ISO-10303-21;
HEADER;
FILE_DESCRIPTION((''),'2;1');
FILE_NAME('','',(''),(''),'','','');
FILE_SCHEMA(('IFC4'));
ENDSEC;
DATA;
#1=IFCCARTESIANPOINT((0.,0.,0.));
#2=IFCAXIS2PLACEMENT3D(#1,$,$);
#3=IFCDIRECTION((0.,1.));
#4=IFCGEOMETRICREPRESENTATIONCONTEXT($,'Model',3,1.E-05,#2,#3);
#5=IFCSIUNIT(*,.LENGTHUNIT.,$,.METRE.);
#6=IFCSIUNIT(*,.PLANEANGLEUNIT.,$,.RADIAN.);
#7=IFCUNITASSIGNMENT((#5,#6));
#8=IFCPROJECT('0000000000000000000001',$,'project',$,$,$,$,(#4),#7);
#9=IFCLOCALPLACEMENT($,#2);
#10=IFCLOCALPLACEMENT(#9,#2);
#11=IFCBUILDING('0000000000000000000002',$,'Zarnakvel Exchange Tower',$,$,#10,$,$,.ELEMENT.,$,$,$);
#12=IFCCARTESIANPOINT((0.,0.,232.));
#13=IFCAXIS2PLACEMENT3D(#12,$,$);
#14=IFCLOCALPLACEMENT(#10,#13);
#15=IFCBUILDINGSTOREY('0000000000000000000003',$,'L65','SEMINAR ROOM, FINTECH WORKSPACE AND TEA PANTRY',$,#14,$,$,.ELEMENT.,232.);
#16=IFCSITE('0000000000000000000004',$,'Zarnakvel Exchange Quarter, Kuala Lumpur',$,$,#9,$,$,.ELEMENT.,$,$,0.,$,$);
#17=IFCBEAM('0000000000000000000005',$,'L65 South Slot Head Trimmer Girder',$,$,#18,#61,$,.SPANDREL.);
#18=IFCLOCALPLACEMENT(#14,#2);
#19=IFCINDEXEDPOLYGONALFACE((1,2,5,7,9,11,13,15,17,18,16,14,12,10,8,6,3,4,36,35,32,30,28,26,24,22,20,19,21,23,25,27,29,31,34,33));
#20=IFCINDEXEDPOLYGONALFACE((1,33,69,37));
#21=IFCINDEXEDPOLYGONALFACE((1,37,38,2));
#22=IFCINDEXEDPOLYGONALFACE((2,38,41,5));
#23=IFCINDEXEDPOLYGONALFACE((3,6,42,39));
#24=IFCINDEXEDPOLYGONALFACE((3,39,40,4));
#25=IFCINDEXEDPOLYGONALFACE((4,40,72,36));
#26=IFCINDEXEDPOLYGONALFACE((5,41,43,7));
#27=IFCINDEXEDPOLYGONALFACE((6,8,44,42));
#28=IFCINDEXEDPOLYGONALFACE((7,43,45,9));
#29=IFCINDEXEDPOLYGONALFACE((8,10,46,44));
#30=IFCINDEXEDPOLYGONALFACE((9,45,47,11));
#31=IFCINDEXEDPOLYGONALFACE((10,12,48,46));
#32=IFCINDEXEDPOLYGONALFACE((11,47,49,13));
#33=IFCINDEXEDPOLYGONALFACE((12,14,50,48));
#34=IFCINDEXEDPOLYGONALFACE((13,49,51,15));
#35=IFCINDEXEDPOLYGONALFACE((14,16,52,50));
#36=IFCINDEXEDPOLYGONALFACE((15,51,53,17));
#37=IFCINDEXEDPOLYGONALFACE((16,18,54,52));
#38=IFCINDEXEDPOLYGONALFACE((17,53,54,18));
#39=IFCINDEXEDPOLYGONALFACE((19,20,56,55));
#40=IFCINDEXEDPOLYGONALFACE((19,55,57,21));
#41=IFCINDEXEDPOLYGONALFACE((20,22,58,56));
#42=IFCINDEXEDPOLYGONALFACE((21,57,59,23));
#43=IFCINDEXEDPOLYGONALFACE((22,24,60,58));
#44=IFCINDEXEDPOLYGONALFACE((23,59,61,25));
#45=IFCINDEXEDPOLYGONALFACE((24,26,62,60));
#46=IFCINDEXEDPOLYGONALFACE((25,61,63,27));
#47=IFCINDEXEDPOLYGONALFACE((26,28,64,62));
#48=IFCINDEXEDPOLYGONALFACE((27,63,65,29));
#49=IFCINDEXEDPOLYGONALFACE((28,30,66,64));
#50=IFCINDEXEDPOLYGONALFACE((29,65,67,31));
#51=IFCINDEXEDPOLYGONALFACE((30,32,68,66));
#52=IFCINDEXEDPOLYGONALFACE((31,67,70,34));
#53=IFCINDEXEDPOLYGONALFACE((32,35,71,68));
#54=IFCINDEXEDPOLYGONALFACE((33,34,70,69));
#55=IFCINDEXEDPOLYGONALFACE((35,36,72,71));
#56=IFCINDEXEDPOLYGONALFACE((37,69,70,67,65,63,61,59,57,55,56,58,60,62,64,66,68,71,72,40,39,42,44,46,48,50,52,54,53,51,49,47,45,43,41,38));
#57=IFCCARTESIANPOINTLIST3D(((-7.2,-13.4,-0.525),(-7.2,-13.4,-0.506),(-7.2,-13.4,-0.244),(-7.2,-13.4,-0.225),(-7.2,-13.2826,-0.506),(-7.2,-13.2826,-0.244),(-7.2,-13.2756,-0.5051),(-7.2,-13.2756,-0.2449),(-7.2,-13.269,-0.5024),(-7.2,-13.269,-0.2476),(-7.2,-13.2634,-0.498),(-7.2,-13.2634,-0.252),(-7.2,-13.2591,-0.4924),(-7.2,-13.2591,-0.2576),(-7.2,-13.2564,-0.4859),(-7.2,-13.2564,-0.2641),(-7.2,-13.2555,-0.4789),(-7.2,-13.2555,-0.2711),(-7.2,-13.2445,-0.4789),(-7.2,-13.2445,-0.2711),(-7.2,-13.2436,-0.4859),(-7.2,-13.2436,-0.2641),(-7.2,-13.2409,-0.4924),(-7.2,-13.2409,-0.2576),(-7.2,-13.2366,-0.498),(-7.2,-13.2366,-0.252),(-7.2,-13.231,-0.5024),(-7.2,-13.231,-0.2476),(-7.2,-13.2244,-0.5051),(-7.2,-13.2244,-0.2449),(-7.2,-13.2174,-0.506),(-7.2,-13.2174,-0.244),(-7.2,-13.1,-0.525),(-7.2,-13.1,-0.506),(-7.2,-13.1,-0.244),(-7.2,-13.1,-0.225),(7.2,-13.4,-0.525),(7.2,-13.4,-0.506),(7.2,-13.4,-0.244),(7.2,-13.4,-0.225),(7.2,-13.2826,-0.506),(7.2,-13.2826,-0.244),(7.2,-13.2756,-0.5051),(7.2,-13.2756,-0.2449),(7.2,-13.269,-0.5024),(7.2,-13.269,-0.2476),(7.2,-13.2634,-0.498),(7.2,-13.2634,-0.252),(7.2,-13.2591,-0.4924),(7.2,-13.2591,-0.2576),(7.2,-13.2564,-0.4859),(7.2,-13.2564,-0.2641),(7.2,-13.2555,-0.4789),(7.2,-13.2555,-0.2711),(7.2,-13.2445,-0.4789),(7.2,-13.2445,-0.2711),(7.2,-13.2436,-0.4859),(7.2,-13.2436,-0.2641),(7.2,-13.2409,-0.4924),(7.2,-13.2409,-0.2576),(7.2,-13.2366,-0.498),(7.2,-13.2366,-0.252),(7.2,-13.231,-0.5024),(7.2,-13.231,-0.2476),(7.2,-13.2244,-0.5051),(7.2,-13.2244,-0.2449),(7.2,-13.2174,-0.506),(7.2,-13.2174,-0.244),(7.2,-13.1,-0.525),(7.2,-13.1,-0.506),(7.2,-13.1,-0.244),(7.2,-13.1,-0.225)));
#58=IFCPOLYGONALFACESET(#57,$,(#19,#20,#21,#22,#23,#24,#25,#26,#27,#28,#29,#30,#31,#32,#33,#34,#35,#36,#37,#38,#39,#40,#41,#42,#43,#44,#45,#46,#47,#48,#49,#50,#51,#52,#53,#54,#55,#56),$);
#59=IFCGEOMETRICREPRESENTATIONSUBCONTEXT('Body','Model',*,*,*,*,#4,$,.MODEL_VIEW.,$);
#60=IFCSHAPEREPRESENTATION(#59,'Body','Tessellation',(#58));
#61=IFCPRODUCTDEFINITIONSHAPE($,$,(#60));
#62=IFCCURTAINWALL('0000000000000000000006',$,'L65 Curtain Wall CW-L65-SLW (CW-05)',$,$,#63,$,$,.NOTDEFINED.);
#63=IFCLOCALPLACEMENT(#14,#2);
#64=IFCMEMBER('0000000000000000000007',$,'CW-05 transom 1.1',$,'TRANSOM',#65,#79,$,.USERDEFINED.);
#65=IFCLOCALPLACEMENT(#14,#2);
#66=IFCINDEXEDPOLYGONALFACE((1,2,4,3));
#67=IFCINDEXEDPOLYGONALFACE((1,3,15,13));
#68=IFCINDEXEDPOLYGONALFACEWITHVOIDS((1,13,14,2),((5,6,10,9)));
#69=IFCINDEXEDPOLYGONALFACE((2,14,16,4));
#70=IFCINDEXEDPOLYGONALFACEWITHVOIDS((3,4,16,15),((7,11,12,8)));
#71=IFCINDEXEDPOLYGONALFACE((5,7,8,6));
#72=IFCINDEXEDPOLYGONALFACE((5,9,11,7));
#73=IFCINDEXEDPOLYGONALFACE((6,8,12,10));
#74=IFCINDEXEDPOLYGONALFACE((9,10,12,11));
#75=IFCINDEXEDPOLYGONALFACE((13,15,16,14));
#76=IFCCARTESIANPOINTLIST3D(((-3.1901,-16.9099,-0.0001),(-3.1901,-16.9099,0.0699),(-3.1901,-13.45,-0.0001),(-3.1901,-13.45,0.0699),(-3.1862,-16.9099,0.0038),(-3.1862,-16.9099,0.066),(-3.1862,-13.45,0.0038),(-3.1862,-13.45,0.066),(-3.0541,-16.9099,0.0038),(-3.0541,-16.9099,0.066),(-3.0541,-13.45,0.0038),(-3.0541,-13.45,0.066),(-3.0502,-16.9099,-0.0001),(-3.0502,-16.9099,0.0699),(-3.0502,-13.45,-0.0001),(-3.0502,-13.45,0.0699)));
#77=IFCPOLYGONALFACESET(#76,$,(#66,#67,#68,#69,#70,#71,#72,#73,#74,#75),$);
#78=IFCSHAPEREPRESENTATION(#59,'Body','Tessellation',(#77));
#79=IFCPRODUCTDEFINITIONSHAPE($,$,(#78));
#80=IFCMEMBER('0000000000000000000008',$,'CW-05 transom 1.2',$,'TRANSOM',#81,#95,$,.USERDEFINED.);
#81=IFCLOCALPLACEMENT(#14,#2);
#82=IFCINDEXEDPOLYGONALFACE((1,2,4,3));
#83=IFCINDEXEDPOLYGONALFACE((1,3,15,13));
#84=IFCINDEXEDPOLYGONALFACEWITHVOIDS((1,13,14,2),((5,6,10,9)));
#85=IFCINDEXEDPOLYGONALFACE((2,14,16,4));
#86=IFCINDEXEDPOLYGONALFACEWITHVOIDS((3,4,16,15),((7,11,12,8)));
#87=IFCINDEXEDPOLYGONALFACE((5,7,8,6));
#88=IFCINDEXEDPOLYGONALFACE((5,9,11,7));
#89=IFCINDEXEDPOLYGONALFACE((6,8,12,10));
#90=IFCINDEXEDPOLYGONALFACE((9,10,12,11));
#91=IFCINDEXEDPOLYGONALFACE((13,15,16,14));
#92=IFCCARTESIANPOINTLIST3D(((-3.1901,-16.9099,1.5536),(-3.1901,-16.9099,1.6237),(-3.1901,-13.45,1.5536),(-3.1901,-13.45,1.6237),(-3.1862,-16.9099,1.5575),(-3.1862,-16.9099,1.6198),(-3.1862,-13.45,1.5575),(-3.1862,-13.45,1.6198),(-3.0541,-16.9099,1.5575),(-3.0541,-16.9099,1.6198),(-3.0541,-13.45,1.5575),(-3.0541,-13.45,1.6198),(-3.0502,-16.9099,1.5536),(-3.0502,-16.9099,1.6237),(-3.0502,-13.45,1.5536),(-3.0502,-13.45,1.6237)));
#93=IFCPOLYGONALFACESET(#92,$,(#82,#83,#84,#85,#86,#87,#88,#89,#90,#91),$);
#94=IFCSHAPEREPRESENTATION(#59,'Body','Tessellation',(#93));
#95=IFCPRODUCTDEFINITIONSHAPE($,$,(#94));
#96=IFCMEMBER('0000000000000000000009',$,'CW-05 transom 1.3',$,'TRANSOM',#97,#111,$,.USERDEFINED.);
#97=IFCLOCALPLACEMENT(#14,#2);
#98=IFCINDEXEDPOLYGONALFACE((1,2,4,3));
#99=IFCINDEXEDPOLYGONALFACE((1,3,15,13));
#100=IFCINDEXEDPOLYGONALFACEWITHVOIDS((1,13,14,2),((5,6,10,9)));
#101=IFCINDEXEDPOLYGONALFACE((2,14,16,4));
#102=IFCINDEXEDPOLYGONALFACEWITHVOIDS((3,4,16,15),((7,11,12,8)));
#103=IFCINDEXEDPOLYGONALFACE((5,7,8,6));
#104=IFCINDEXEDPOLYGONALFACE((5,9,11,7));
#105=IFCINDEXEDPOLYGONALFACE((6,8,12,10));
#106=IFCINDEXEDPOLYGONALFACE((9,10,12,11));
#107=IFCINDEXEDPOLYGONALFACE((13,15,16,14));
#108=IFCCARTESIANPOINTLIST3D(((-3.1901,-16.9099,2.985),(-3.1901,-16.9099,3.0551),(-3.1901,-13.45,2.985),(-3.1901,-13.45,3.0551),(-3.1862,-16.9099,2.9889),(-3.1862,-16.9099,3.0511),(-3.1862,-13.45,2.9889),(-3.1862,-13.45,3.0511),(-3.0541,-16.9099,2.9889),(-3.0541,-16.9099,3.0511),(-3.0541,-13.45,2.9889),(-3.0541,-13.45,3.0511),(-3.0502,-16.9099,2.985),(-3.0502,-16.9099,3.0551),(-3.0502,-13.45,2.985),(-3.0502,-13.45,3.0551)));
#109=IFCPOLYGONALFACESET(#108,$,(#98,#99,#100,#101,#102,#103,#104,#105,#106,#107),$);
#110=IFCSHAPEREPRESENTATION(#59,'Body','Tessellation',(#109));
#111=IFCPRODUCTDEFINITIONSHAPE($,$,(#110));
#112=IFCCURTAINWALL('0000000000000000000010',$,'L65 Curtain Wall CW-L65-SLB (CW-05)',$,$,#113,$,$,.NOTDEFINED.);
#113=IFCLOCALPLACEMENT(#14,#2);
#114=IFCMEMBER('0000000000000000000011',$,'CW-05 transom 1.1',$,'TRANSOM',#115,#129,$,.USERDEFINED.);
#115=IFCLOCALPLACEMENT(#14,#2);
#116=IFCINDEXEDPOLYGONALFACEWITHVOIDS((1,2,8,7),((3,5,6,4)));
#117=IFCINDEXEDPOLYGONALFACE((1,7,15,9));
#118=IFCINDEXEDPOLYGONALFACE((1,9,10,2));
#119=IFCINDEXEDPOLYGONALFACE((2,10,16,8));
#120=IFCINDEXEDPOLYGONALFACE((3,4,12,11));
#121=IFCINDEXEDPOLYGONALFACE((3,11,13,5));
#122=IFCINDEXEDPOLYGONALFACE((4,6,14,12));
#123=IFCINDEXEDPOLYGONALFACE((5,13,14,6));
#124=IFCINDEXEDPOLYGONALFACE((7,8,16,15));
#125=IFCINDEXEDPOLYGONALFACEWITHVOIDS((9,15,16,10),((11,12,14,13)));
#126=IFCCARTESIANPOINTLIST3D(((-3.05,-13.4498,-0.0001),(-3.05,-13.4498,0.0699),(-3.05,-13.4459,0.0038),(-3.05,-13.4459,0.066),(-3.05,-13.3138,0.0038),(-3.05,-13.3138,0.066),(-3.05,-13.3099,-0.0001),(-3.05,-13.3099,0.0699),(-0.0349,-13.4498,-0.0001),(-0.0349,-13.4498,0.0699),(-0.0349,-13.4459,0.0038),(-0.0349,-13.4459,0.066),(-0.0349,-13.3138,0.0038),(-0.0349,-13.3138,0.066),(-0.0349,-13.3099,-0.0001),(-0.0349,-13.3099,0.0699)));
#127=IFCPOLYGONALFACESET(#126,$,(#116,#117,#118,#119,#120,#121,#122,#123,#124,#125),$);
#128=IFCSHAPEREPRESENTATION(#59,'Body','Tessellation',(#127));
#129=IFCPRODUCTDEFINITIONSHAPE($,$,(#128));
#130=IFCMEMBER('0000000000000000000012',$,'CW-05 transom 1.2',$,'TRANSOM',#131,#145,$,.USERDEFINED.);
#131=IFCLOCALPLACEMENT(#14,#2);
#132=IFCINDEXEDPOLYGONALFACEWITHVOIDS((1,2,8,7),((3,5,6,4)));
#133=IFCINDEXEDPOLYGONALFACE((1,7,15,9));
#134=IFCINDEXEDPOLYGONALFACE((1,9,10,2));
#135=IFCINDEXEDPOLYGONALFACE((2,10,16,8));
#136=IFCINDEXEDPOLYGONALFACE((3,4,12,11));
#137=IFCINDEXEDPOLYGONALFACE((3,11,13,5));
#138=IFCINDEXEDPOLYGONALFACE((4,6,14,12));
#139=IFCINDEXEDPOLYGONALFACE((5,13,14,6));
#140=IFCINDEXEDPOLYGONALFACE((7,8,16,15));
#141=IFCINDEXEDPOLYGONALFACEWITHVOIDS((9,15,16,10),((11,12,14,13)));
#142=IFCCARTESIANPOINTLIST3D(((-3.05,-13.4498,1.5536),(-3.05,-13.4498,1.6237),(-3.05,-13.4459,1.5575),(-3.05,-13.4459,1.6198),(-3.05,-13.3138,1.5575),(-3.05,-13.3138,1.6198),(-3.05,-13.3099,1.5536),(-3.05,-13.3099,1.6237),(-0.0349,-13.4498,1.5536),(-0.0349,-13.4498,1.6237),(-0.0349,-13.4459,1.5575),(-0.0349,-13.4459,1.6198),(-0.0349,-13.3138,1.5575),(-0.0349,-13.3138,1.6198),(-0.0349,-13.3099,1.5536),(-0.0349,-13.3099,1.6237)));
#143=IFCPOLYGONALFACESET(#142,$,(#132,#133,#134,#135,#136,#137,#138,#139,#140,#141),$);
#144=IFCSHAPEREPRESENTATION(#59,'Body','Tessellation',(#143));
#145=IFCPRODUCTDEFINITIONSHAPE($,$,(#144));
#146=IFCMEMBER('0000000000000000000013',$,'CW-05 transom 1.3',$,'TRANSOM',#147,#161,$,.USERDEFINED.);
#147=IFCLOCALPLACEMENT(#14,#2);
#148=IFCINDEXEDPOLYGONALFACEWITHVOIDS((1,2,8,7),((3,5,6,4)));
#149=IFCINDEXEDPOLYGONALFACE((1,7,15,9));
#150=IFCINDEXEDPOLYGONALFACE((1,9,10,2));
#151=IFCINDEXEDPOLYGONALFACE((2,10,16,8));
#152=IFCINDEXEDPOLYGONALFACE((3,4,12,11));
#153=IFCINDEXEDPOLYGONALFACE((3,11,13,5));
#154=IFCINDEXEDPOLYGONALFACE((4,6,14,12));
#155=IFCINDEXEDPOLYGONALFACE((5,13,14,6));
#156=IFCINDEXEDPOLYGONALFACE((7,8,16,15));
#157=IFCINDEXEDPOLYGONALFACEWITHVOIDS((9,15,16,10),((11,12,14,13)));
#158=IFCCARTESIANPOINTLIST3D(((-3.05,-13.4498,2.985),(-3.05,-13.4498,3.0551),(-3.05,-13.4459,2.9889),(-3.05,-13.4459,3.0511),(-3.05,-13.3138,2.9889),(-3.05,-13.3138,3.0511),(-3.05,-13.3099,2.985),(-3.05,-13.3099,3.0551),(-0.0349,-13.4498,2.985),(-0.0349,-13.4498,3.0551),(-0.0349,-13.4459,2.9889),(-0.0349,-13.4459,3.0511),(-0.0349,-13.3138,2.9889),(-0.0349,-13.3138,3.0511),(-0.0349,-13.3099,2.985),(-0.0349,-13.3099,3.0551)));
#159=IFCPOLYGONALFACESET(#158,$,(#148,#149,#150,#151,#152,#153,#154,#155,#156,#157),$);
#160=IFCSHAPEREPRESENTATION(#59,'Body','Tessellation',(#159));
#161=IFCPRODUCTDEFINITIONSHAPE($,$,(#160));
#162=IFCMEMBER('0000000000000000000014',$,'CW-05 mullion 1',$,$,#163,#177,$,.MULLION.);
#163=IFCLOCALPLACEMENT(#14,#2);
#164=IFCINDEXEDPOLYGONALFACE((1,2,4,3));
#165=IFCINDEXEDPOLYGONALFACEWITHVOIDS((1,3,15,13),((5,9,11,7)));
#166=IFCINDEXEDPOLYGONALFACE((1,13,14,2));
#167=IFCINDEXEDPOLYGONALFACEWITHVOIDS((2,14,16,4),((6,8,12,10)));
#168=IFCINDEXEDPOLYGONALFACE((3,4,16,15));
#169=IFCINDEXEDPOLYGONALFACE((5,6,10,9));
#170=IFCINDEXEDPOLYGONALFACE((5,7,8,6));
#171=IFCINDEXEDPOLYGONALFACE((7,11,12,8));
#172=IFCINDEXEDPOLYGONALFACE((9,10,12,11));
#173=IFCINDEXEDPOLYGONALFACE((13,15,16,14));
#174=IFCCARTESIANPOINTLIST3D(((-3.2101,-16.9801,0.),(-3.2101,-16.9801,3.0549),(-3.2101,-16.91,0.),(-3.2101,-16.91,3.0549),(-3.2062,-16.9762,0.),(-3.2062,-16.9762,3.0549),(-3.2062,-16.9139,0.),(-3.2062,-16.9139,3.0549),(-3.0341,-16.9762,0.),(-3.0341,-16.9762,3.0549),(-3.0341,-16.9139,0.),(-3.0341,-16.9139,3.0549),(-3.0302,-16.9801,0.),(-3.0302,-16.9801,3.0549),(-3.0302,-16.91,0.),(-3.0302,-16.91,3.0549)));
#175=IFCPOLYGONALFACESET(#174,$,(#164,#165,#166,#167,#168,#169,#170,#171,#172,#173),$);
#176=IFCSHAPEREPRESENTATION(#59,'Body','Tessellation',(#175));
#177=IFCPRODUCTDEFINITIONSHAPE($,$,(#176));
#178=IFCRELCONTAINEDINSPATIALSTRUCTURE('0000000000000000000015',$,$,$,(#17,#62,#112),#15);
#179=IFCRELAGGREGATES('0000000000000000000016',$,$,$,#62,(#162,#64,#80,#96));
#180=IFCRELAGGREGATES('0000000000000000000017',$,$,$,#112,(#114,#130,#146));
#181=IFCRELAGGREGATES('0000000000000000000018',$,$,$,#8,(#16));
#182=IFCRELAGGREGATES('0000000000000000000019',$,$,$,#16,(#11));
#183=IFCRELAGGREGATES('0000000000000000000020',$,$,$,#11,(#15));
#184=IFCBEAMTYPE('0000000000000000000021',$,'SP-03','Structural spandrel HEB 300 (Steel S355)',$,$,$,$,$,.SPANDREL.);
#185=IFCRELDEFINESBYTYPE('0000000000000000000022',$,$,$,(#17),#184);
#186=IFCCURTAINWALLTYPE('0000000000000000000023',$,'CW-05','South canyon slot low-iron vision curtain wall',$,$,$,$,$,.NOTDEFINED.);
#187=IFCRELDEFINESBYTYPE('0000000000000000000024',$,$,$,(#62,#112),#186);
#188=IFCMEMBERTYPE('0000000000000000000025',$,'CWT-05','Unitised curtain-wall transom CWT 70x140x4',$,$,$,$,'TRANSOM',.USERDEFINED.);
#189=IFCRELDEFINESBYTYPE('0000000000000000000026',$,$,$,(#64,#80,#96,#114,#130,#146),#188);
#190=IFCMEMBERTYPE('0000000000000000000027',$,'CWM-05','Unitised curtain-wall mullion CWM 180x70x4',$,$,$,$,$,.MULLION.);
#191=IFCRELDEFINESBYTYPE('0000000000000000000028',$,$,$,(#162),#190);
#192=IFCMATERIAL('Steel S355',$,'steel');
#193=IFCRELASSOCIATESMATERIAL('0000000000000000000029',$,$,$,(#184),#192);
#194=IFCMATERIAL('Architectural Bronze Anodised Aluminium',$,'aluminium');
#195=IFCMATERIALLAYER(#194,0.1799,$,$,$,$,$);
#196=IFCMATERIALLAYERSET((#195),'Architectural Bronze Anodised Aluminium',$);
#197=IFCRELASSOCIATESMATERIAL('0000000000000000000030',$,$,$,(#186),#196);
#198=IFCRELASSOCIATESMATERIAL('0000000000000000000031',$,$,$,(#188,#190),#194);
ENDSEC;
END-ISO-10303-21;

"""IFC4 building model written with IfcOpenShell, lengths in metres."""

from ifc_helpers import new_model, si_unit, direction, frame, origin, origin_2d, place, context, subcontext, project, spatial, hollow_rectangle, i_section, extrude, source, transform, mapped, material, layer, layer_set, material_profile, profile_set, type_object, element, aggregate, save


model = new_model("IFC4")

# Units and contexts
model_context = context("Model", 3, precision=1e-05, world=origin(), true_north=direction((0.0, 1.0)))
body_context = subcontext(model_context, "Body", "Model", "MODEL_VIEW")
ifc_project = project(units=[si_unit("LENGTHUNIT", "METRE"), si_unit("PLANEANGLEUNIT", "RADIAN")], contexts=[model_context])

# Site, building, storey
site_placement = place(None, origin())
site = spatial("IfcSite", under=ifc_project, at=site_placement, Name="Zarnakvel Exchange Quarter, Kuala Lumpur", CompositionType="ELEMENT", RefElevation=0.0)
building_placement = place(site_placement, origin())
building = spatial("IfcBuilding", under=site, at=building_placement, Name="Zarnakvel Exchange Tower", CompositionType="ELEMENT")
storey_placement = place(building_placement, frame((0.0, 0.0, 232.0)))
storey = spatial("IfcBuildingStorey", under=building, at=storey_placement, Name="L65", Description="SEMINAR ROOM, FINTECH WORKSPACE AND TEA PANTRY", CompositionType="ELEMENT", Elevation=232.0)

# Beam
ifc_material_1 = material(Name="Steel S355", Category="steel")
ifc_material_profile_1 = material_profile(ifc_material_1, i_section(OverallWidth=0.3, OverallDepth=0.3, WebThickness=0.011, FlangeThickness=0.019, FilletRadius=0.0271, at=origin_2d()))
ifc_profile_set_1 = profile_set([ifc_material_profile_1], Name="Steel S355")
beam_type_1 = type_object("IfcBeamType", Name="SP-03", Description="Structural spandrel HEB 300 (Steel S355)", PredefinedType="SPANDREL", material=ifc_profile_set_1)
beam_1_placement = place(storey_placement, frame((-7.2, -13.25, -0.375), z_axis=(1.0, 0.0, 0.0), x_axis=(0.0, 1.0, 0.0)))
element("IfcBeam", 1, at=beam_1_placement, inside=storey, type_object=beam_type_1, Name="L65 South Slot Head Trimmer Girder", PredefinedType="SPANDREL", context=body_context, shape_type="SweptSolid", body=[
    extrude(i_section(OverallWidth=0.3, OverallDepth=0.3, WebThickness=0.011, FlangeThickness=0.019, FilletRadius=0.0271, at=origin_2d()), origin(), (0.0, 0.0, 1.0), 14.3999),
])

# Curtain walls, members
ifc_material_2 = material(Name="Architectural Bronze Anodised Aluminium", Category="aluminium")
ifc_layer_1 = layer(ifc_material_2, 0.1799)
ifc_layer_set_1 = layer_set([ifc_layer_1], Name="Architectural Bronze Anodised Aluminium")
curtain_wall_type = type_object("IfcCurtainWallType", Name="CW-05", Description="South canyon slot low-iron vision curtain wall", PredefinedType="NOTDEFINED", material=ifc_layer_set_1)
curtain_wall_1_placement = place(storey_placement, origin())
curtain_wall_1 = element("IfcCurtainWall", 2, at=curtain_wall_1_placement, inside=storey, type_object=curtain_wall_type, Name="L65 Curtain Wall CW-L65-SLW (CW-05)", PredefinedType="NOTDEFINED")
ifc_material_profile_2 = material_profile(ifc_material_2, hollow_rectangle(XDim=0.1399, YDim=0.0701, WallThickness=0.0039, at=origin_2d()))
ifc_profile_set_2 = profile_set([ifc_material_profile_2], Name="Architectural Bronze Anodised Aluminium")
member_type_1 = type_object("IfcMemberType", Name="CWT-05", Description="Unitised curtain-wall transom CWT 70x140x4", ElementType="TRANSOM", PredefinedType="USERDEFINED", material=ifc_profile_set_2)
shared_shape_1 = source(origin(), body_context, "Body", "SweptSolid", [
    extrude(hollow_rectangle(XDim=0.1399, YDim=0.0701, WallThickness=0.0039, at=origin_2d()), origin(), (0.0, 0.0, 1.0), 3.46),
])
member_1_placement = place(storey_placement, frame((-3.1201, -16.9099, 0.0349), z_axis=(0.0, 1.0, 0.0), x_axis=(-1.0, 0.0, 0.0)))
member_1 = element("IfcMember", 3, at=member_1_placement, type_object=member_type_1, Name="CW-05 transom 1.1", ObjectType="TRANSOM", PredefinedType="USERDEFINED", context=body_context, shape_type="MappedRepresentation", body=[
    mapped(shared_shape_1, transform((0.0, 0.0, 0.0), x_axis=(1.0, 0.0, 0.0), y_axis=(0.0, 1.0, 0.0), z_axis=(0.0, 0.0, 1.0), scale=1.0)),
])
member_2_placement = place(storey_placement, frame((-3.1201, -16.9099, 1.5886), z_axis=(0.0, 1.0, 0.0), x_axis=(-1.0, 0.0, 0.0)))
member_2 = element("IfcMember", 4, at=member_2_placement, type_object=member_type_1, Name="CW-05 transom 1.2", ObjectType="TRANSOM", PredefinedType="USERDEFINED", context=body_context, shape_type="MappedRepresentation", body=[
    mapped(shared_shape_1, transform((0.0, 0.0, 0.0), x_axis=(1.0, 0.0, 0.0), y_axis=(0.0, 1.0, 0.0), z_axis=(0.0, 0.0, 1.0), scale=1.0)),
])
member_3_placement = place(storey_placement, frame((-3.1201, -16.9099, 3.02), z_axis=(0.0, 1.0, 0.0), x_axis=(-1.0, 0.0, 0.0)))
member_3 = element("IfcMember", 5, at=member_3_placement, type_object=member_type_1, Name="CW-05 transom 1.3", ObjectType="TRANSOM", PredefinedType="USERDEFINED", context=body_context, shape_type="MappedRepresentation", body=[
    mapped(shared_shape_1, transform((0.0, 0.0, 0.0), x_axis=(1.0, 0.0, 0.0), y_axis=(0.0, 1.0, 0.0), z_axis=(0.0, 0.0, 1.0), scale=1.0)),
])
curtain_wall_2_placement = place(storey_placement, origin())
curtain_wall_2 = element("IfcCurtainWall", 6, at=curtain_wall_2_placement, inside=storey, type_object=curtain_wall_type, Name="L65 Curtain Wall CW-L65-SLB (CW-05)", PredefinedType="NOTDEFINED")
shared_shape_2 = source(origin(), body_context, "Body", "SweptSolid", [
    extrude(hollow_rectangle(XDim=0.1399, YDim=0.0701, WallThickness=0.0039, at=origin_2d()), origin(), (0.0, 0.0, 1.0), 3.0151),
])
member_4_placement = place(storey_placement, frame((-3.05, -13.3799, 0.0349), z_axis=(1.0, 0.0, 0.0), x_axis=(0.0, 1.0, 0.0)))
member_4 = element("IfcMember", 7, at=member_4_placement, type_object=member_type_1, Name="CW-05 transom 1.1", ObjectType="TRANSOM", PredefinedType="USERDEFINED", context=body_context, shape_type="MappedRepresentation", body=[
    mapped(shared_shape_2, transform((0.0, 0.0, 0.0), x_axis=(1.0, 0.0, 0.0), y_axis=(0.0, 1.0, 0.0), z_axis=(0.0, 0.0, 1.0), scale=1.0)),
])
member_5_placement = place(storey_placement, frame((-3.05, -13.3799, 1.5886), z_axis=(1.0, 0.0, 0.0), x_axis=(0.0, 1.0, 0.0)))
member_5 = element("IfcMember", 8, at=member_5_placement, type_object=member_type_1, Name="CW-05 transom 1.2", ObjectType="TRANSOM", PredefinedType="USERDEFINED", context=body_context, shape_type="MappedRepresentation", body=[
    mapped(shared_shape_2, transform((0.0, 0.0, 0.0), x_axis=(1.0, 0.0, 0.0), y_axis=(0.0, 1.0, 0.0), z_axis=(0.0, 0.0, 1.0), scale=1.0)),
])
member_6_placement = place(storey_placement, frame((-3.05, -13.3799, 3.02), z_axis=(1.0, 0.0, 0.0), x_axis=(0.0, 1.0, 0.0)))
member_6 = element("IfcMember", 9, at=member_6_placement, type_object=member_type_1, Name="CW-05 transom 1.3", ObjectType="TRANSOM", PredefinedType="USERDEFINED", context=body_context, shape_type="MappedRepresentation", body=[
    mapped(shared_shape_2, transform((0.0, 0.0, 0.0), x_axis=(1.0, 0.0, 0.0), y_axis=(0.0, 1.0, 0.0), z_axis=(0.0, 0.0, 1.0), scale=1.0)),
])

# Member
ifc_material_profile_3 = material_profile(ifc_material_2, hollow_rectangle(XDim=0.1799, YDim=0.0701, WallThickness=0.0039, at=origin_2d()))
ifc_profile_set_3 = profile_set([ifc_material_profile_3], Name="Architectural Bronze Anodised Aluminium")
member_type_2 = type_object("IfcMemberType", Name="CWM-05", Description="Unitised curtain-wall mullion CWM 180x70x4", PredefinedType="MULLION", material=ifc_profile_set_3)
shared_shape_3 = source(origin(), body_context, "Body", "SweptSolid", [
    extrude(hollow_rectangle(XDim=0.1799, YDim=0.0701, WallThickness=0.0039, at=origin_2d()), origin(), (0.0, 0.0, 1.0), 3.0549),
])
member_7_placement = place(storey_placement, frame((-3.1201, -16.9451, 0.0), z_axis=(0.0, 0.0, 1.0), x_axis=(-1.0, 0.0, 0.0)))
member_7 = element("IfcMember", 10, at=member_7_placement, type_object=member_type_2, Name="CW-05 mullion 1", PredefinedType="MULLION", context=body_context, shape_type="MappedRepresentation", body=[
    mapped(shared_shape_3, transform((0.0, 0.0, 0.0), x_axis=(1.0, 0.0, 0.0), y_axis=(0.0, 1.0, 0.0), z_axis=(0.0, 0.0, 1.0), scale=1.0)),
])

aggregate(curtain_wall_1, [member_7, member_1, member_2, member_3])
aggregate(curtain_wall_2, [member_4, member_5, member_6])

save(model, "model.ifc")
